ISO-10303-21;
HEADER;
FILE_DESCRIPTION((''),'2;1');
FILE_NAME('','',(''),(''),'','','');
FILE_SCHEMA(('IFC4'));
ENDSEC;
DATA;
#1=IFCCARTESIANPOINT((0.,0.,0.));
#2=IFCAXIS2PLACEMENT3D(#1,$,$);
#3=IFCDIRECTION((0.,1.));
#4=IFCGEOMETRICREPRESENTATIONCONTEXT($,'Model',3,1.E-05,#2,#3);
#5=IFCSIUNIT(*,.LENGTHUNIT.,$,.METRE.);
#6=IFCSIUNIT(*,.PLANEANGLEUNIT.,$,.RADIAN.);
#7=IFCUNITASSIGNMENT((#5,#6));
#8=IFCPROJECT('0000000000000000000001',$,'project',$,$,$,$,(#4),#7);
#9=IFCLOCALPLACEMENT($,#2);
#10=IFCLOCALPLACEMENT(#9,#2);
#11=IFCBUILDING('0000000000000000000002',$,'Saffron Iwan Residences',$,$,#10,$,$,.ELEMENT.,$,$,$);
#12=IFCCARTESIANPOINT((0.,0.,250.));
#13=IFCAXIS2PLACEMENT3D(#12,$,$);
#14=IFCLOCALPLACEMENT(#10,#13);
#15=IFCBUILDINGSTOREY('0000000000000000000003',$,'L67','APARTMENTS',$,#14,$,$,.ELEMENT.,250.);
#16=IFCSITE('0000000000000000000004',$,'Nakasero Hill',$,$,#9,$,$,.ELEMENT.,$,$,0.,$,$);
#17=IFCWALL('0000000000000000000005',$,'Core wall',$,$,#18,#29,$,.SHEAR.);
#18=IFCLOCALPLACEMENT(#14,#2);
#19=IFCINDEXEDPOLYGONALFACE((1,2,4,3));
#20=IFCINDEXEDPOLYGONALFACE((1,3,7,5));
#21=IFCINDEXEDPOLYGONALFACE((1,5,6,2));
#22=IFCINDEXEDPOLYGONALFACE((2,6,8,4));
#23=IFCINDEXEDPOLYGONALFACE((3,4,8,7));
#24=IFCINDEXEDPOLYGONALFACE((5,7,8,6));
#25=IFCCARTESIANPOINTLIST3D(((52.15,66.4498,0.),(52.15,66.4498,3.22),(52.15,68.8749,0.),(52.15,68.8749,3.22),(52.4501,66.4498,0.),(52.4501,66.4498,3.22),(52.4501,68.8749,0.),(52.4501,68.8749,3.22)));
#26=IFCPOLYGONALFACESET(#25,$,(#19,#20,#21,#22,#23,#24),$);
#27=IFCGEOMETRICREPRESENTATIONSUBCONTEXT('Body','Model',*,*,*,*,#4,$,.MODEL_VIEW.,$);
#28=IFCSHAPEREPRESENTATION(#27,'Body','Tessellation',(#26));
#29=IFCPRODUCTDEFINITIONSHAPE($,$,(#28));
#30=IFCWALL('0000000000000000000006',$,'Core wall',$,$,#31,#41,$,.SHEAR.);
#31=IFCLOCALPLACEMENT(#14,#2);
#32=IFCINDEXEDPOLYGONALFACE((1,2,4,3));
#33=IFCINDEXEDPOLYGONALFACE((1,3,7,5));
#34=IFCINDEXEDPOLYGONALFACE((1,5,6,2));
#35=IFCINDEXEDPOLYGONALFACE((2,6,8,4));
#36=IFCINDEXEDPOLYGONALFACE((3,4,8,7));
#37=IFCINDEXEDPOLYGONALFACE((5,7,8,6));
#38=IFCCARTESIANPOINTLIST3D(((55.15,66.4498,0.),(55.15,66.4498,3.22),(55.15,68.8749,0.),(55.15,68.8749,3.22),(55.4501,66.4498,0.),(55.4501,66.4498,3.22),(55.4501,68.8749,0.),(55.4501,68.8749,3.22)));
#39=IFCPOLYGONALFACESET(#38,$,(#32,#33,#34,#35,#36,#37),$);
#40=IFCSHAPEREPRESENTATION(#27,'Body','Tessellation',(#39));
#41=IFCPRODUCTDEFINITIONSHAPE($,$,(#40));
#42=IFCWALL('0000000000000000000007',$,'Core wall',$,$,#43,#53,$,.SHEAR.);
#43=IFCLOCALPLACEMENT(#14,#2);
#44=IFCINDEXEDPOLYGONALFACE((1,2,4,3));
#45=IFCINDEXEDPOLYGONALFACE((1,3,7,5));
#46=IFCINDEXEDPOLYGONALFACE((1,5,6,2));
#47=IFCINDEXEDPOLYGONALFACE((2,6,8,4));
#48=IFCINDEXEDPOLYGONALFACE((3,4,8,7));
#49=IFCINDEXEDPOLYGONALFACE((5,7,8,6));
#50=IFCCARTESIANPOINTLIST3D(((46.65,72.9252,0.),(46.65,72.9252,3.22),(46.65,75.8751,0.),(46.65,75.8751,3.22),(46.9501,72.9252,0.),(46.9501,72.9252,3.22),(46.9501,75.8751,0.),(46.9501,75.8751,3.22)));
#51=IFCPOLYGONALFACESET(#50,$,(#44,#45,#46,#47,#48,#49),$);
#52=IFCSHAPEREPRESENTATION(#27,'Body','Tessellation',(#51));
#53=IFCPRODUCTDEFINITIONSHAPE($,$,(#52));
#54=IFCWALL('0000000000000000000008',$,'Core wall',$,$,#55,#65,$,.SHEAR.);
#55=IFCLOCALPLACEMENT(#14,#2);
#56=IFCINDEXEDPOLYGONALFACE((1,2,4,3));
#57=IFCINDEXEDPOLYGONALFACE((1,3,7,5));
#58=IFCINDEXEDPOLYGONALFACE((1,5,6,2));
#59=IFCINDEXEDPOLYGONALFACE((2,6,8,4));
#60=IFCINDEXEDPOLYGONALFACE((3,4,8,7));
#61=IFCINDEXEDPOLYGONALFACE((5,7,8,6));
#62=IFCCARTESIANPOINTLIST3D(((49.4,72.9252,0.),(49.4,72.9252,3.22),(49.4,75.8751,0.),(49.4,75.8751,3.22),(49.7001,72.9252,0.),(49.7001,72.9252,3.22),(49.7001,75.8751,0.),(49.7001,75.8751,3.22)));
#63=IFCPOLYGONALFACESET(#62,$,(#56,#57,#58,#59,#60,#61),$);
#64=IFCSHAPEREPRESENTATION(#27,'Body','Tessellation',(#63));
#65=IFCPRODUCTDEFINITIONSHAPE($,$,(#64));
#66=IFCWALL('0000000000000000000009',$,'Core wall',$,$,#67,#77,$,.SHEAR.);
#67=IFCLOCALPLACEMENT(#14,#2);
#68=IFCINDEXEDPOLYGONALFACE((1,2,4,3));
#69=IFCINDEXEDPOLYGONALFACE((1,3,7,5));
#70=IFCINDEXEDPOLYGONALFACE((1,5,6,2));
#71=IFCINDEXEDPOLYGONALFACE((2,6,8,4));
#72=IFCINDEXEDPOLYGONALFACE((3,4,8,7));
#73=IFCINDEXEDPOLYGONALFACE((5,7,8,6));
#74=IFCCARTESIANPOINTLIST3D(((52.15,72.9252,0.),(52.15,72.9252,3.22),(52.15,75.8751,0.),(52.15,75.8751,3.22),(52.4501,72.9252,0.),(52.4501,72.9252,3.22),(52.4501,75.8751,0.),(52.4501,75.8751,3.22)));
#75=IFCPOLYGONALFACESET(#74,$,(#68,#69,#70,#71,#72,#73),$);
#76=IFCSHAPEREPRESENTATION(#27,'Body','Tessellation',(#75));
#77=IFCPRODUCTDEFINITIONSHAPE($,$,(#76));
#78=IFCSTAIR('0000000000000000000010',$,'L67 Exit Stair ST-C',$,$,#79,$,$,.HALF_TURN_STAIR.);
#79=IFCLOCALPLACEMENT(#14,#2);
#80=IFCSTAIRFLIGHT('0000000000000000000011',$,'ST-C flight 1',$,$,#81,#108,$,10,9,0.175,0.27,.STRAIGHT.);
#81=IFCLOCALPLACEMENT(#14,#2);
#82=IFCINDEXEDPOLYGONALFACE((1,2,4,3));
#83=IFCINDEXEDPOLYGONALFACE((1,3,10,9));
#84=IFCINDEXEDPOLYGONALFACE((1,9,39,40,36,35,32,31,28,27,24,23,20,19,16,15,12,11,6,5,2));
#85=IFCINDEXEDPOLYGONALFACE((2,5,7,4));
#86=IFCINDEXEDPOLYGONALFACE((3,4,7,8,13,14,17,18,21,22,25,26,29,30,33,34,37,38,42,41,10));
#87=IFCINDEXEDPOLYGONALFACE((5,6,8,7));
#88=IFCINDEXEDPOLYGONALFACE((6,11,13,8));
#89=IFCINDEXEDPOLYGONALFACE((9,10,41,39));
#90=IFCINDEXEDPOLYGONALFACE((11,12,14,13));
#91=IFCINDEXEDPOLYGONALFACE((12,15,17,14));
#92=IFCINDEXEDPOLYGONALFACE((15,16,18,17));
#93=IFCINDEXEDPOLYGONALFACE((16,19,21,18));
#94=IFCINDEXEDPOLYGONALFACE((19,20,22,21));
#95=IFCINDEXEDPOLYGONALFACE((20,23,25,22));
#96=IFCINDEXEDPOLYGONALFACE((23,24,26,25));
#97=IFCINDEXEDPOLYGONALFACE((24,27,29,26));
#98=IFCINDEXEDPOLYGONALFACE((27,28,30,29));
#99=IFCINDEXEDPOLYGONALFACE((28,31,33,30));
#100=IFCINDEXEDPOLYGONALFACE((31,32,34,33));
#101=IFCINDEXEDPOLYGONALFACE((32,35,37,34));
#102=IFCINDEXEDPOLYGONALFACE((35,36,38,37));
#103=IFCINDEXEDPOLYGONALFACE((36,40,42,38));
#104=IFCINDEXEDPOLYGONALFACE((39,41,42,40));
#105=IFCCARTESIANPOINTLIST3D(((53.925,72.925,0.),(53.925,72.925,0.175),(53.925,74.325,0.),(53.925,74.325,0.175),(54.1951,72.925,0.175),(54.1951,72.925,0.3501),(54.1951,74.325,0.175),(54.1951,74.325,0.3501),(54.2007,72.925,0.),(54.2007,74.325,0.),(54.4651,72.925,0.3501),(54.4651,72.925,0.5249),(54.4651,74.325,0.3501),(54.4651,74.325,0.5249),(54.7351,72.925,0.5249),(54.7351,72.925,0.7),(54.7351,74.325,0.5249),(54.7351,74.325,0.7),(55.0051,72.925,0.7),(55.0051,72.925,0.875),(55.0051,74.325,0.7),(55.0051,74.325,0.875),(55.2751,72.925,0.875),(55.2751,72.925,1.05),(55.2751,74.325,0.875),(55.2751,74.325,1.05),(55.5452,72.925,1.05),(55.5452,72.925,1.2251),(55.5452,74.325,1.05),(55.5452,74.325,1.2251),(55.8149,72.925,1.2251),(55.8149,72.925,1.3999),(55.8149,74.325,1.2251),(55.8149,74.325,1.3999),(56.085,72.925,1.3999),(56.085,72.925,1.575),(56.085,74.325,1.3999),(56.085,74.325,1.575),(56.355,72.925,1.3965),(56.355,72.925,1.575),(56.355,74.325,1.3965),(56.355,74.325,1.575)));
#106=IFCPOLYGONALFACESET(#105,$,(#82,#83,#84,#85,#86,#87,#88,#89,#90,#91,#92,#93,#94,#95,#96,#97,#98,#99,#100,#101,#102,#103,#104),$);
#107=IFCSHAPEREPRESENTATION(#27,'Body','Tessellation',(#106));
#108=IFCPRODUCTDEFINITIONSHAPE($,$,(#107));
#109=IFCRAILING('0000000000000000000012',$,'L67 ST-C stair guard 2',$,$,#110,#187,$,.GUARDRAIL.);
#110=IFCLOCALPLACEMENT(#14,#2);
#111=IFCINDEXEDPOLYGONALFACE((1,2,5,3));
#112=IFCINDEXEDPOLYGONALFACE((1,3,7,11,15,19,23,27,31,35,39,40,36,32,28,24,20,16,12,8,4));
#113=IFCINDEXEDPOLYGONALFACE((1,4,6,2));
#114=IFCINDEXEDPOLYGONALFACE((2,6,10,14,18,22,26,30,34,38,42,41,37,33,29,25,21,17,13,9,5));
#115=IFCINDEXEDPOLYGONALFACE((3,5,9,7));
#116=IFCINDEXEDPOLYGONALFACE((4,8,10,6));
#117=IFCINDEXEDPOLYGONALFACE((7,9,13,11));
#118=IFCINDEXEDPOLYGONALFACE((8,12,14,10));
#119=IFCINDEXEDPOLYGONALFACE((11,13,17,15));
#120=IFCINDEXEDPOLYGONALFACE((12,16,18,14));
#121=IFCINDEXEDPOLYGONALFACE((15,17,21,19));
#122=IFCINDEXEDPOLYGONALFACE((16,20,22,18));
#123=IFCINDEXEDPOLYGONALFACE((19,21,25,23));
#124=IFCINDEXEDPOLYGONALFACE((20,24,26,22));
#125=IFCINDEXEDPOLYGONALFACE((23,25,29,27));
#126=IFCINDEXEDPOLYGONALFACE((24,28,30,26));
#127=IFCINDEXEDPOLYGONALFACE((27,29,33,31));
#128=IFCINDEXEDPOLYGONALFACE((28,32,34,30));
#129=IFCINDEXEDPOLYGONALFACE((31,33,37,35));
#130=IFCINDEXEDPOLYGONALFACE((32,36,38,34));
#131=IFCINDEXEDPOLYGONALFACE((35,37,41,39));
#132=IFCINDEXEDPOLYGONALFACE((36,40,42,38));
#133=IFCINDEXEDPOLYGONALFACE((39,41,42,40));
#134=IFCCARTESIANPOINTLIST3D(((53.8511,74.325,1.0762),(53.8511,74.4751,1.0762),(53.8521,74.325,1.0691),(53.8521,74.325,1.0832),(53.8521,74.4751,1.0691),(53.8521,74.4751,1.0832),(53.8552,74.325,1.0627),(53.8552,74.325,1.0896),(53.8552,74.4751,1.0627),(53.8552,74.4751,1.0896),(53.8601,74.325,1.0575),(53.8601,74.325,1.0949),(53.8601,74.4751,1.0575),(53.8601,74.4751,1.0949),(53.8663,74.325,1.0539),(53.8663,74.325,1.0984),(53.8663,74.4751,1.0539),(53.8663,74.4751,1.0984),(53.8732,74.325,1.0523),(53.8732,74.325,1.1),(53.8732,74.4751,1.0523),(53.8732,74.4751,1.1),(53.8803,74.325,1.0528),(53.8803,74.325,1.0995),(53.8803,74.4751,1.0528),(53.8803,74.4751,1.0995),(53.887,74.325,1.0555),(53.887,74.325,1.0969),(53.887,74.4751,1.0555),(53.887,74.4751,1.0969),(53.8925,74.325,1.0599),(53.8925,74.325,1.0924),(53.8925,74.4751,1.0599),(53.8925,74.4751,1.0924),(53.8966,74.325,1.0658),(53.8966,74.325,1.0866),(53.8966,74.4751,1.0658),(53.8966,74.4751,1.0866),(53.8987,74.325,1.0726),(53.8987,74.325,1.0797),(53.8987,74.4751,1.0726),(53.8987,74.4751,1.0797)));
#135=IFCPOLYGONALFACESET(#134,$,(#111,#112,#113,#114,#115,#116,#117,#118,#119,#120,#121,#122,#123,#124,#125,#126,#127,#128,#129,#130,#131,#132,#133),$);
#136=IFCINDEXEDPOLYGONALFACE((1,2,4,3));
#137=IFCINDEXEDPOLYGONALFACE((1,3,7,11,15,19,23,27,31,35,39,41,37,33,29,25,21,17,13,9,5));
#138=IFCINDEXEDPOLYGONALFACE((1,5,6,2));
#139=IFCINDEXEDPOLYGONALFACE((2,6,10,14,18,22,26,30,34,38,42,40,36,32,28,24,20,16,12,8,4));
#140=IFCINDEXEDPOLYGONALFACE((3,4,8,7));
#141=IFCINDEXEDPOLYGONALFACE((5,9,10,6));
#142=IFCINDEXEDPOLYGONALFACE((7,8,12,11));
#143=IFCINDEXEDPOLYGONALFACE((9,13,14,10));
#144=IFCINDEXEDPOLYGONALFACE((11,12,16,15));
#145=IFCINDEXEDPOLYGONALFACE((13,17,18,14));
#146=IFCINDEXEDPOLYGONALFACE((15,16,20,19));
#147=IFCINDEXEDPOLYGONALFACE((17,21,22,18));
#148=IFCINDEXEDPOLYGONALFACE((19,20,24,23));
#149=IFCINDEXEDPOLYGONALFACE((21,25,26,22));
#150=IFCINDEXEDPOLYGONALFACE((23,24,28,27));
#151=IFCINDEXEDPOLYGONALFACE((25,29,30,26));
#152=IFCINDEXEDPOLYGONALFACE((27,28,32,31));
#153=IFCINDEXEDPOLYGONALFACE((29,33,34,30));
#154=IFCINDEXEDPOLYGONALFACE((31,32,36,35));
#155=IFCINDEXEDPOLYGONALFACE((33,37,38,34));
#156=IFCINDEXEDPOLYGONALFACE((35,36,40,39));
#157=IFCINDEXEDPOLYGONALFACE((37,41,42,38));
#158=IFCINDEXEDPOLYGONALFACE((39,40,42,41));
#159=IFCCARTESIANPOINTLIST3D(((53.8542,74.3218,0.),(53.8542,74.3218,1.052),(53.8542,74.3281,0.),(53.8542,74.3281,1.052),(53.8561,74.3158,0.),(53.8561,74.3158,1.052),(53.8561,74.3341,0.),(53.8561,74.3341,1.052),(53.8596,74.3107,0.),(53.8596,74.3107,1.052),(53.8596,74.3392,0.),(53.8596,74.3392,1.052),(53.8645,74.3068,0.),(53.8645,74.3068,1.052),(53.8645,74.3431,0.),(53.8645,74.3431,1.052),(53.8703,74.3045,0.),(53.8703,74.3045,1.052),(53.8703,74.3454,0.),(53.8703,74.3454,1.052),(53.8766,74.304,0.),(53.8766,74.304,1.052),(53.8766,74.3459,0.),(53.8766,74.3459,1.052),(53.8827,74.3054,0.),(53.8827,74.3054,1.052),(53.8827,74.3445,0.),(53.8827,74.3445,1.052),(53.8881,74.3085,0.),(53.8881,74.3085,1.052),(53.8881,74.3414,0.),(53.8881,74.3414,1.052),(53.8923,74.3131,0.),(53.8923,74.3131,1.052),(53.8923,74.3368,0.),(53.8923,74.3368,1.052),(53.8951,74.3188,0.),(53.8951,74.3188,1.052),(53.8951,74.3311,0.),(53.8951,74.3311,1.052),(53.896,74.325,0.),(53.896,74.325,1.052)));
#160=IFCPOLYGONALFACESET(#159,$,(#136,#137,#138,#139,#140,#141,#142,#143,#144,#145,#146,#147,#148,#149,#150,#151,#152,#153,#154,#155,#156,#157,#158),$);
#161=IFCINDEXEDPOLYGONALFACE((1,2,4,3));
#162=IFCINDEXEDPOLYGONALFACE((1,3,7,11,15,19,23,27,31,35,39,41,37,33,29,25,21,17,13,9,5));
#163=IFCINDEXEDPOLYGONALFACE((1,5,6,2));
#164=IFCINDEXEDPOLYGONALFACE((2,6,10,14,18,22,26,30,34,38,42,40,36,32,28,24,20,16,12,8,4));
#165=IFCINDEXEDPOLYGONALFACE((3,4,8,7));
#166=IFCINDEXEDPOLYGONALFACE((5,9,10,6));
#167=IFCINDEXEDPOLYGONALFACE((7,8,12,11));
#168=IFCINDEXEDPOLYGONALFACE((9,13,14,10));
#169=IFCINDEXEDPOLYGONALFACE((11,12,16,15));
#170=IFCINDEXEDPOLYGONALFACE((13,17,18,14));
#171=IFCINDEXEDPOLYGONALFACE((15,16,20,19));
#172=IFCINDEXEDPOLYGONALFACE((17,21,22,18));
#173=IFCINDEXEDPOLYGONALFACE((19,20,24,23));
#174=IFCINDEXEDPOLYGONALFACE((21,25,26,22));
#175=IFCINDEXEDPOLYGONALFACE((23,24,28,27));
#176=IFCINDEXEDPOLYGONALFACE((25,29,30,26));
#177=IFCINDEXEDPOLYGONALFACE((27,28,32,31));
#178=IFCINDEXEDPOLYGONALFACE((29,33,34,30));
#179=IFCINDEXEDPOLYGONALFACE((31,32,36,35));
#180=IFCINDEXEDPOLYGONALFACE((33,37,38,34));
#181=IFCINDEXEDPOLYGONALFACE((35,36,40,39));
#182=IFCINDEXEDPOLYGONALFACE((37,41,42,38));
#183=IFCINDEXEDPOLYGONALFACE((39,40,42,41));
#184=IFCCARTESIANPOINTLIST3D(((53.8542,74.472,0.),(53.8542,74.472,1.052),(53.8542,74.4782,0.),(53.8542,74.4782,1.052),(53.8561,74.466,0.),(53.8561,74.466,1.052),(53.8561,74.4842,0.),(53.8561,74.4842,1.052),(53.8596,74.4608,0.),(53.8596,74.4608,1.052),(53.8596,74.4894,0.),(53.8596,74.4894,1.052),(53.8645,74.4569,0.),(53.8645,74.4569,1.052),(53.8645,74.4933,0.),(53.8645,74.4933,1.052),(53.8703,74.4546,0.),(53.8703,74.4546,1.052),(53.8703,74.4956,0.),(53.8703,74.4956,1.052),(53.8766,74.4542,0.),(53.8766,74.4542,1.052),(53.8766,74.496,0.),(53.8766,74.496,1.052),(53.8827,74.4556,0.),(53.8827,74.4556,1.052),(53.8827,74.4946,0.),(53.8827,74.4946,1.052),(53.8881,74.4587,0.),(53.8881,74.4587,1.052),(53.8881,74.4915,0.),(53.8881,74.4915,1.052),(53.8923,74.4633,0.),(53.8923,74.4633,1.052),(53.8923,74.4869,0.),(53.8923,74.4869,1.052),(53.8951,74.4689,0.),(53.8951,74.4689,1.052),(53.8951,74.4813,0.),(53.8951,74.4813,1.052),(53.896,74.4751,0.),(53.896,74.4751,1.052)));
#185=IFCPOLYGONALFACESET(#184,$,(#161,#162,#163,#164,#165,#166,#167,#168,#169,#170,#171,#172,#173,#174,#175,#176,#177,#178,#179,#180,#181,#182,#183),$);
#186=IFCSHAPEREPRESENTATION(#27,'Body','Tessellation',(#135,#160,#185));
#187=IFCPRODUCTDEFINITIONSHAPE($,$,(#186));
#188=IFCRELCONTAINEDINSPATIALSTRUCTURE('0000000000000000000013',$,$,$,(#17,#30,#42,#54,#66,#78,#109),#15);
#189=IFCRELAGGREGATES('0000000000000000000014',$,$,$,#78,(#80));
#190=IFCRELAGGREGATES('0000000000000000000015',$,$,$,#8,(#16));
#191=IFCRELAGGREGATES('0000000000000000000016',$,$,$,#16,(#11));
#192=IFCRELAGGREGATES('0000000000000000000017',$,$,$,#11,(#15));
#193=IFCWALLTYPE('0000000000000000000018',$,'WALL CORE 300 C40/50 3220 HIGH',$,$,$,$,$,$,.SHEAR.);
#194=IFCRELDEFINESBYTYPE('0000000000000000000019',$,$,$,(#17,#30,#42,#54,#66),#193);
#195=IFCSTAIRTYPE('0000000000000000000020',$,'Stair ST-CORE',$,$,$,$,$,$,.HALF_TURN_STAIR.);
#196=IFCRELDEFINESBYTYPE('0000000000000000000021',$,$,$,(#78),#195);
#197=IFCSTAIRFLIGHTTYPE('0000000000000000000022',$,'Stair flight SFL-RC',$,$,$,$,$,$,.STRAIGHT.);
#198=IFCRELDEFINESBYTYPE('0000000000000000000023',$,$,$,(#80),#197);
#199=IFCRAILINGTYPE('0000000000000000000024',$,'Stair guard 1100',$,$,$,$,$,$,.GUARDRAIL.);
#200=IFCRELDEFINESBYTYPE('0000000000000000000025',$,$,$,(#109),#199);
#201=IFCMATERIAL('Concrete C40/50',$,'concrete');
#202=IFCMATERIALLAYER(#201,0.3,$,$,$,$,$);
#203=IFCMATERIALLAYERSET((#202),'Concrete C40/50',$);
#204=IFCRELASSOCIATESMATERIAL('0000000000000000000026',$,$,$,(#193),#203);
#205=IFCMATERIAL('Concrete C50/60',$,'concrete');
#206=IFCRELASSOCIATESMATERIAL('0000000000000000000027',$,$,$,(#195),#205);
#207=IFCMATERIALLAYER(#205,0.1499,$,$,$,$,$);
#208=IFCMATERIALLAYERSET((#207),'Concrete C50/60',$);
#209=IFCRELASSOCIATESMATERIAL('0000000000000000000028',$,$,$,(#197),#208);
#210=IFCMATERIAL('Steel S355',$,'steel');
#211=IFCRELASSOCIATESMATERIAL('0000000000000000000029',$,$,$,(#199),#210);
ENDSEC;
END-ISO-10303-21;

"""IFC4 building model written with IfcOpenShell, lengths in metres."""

from ifc_helpers import new_model, si_unit, direction, frame, frame_2d, origin, origin_2d, place, context, subcontext, project, spatial, polyline, rectangle, circle, outline, extrude, material, layer, layer_set, type_object, element, aggregate, save


model = new_model("IFC4")

# Units and contexts
model_context = context("Model", 3, precision=1e-05, world=origin(), true_north=direction((0.0, 1.0)))
body_context = subcontext(model_context, "Body", "Model", "MODEL_VIEW")
ifc_project = project(units=[si_unit("LENGTHUNIT", "METRE"), si_unit("PLANEANGLEUNIT", "RADIAN")], contexts=[model_context])

# Site, building, storey
site_placement = place(None, origin())
site = spatial("IfcSite", under=ifc_project, at=site_placement, Name="Nakasero Hill", CompositionType="ELEMENT", RefElevation=0.0)
building_placement = place(site_placement, origin())
building = spatial("IfcBuilding", under=site, at=building_placement, Name="Saffron Iwan Residences", CompositionType="ELEMENT")
storey_placement = place(building_placement, frame((0.0, 0.0, 250.0)))
storey = spatial("IfcBuildingStorey", under=building, at=storey_placement, Name="L67", Description="APARTMENTS", CompositionType="ELEMENT", Elevation=250.0)

# Shared definitions
ifc_material_1 = material(Name="Concrete C40/50", Category="concrete")

# Walls
ifc_layer_1 = layer(ifc_material_1, 0.3)
ifc_layer_set_1 = layer_set([ifc_layer_1], Name="Concrete C40/50")
wall_type_1 = type_object("IfcWallType", Name="WALL CORE 300 C40/50 3220 HIGH", PredefinedType="SHEAR", material=ifc_layer_set_1)
for number, where, z_axis, x_axis, name in (
    (1, (52.3, 66.45, 0.0), (0.0, 0.0, 1.0), (0.0, 1.0, 0.0), "Core wall"),
    (2, (55.3, 66.45, 0.0), (0.0, 0.0, 1.0), (0.0, 1.0, 0.0), "Core wall"),
):
    element("IfcWall", number, at=place(storey_placement, frame(where, z_axis=z_axis, x_axis=x_axis)), inside=storey, type_object=wall_type_1, Name=name, PredefinedType="SHEAR", context=body_context, shape_type="SweptSolid", body=[
        extrude(rectangle(XDim=2.425, YDim=0.3, at=frame_2d((1.2124, 0.0))), origin(), (0.0, 0.0, 1.0), 3.22),
    ])
for number, where, z_axis, x_axis, name in (
    (3, (46.8, 72.925, 0.0), (0.0, 0.0, 1.0), (0.0, 1.0, 0.0), "Core wall"),
    (4, (49.55, 72.925, 0.0), (0.0, 0.0, 1.0), (0.0, 1.0, 0.0), "Core wall"),
    (5, (52.3, 72.925, 0.0), (0.0, 0.0, 1.0), (0.0, 1.0, 0.0), "Core wall"),
):
    element("IfcWall", number, at=place(storey_placement, frame(where, z_axis=z_axis, x_axis=x_axis)), inside=storey, type_object=wall_type_1, Name=name, PredefinedType="SHEAR", context=body_context, shape_type="SweptSolid", body=[
        extrude(rectangle(XDim=2.95, YDim=0.3, at=frame_2d((1.4751, 0.0))), origin(), (0.0, 0.0, 1.0), 3.22),
    ])

# Stair, stair flight
ifc_material_2 = material(Name="Concrete C50/60", Category="concrete")
stair_type = type_object("IfcStairType", Name="Stair ST-CORE", PredefinedType="HALF_TURN_STAIR", material=ifc_material_2)
stair_placement = place(storey_placement, origin())
stair = element("IfcStair", 6, at=stair_placement, inside=storey, type_object=stair_type, Name="L67 Exit Stair ST-C", PredefinedType="HALF_TURN_STAIR")
ifc_layer_2 = layer(ifc_material_2, 0.1499)
ifc_layer_set_2 = layer_set([ifc_layer_2], Name="Concrete C50/60")
stair_flight_type = type_object("IfcStairFlightType", Name="Stair flight SFL-RC", PredefinedType="STRAIGHT", material=ifc_layer_set_2)
stair_flight_placement = place(storey_placement, frame((53.925, 73.625, 0.0), z_axis=(0.0, 0.0, 1.0), x_axis=(1.0, 0.0, 0.0)))
stair_flight = element("IfcStairFlight", 7, at=stair_flight_placement, type_object=stair_flight_type, Name="ST-C flight 1", NumberOfRisers=10, NumberOfTreads=9, PredefinedType="STRAIGHT", RiserHeight=0.175, TreadLength=0.27, context=body_context, shape_type="SweptSolid", body=[
    extrude(outline(polyline([(0.0, 0.0), (0.0, 0.175), (0.27, 0.175), (0.27, 0.3501), (0.54, 0.3501), (0.54, 0.5249), (0.8101, 0.5249), (0.8101, 0.7), (1.0801, 0.7), (1.0801, 0.875), (1.3501, 0.875), (1.3501, 1.05), (1.6201, 1.05), (1.6201, 1.2251), (1.8899, 1.2251), (1.8899, 1.3999), (2.1599, 1.3999), (2.1599, 1.575), (2.4299, 1.575), (2.4299, 1.75), (2.4299, 1.3965), (0.2756, 0.0), (0.0, 0.0)])), frame((0.0, 0.7, 0.0), z_axis=(0.0, -1.0, 0.0), x_axis=(1.0, 0.0, 0.0)), (0.0, 0.0, 1.0), 1.3999),
])
aggregate(stair, [stair_flight])

# Railing
ifc_material_3 = material(Name="Steel S355", Category="steel")
railing_type_1 = type_object("IfcRailingType", Name="Stair guard 1100", PredefinedType="GUARDRAIL", material=ifc_material_3)
railing_1_placement = place(storey_placement, frame((53.875, 74.325, 0.0)))
element("IfcRailing", 8, at=railing_1_placement, inside=storey, type_object=railing_type_1, Name="L67 ST-C stair guard 2", PredefinedType="GUARDRAIL", context=body_context, shape_type="SweptSolid", body=[
    extrude(circle(Radius=0.0239, at=origin_2d()), frame((0.0, 0.0, 1.0762), z_axis=(0.0, 1.0, 0.0), x_axis=(-1.0, 0.0, 0.0)), (0.0, 0.0, 1.0), 0.1501),
    extrude(circle(Radius=0.021, at=origin_2d()), origin(), (0.0, 0.0, 1.0), 1.052),
    extrude(circle(Radius=0.021, at=origin_2d()), frame((0.0, 0.1501, 0.0)), (0.0, 0.0, 1.0), 1.052),
])

save(model, "model.ifc")
